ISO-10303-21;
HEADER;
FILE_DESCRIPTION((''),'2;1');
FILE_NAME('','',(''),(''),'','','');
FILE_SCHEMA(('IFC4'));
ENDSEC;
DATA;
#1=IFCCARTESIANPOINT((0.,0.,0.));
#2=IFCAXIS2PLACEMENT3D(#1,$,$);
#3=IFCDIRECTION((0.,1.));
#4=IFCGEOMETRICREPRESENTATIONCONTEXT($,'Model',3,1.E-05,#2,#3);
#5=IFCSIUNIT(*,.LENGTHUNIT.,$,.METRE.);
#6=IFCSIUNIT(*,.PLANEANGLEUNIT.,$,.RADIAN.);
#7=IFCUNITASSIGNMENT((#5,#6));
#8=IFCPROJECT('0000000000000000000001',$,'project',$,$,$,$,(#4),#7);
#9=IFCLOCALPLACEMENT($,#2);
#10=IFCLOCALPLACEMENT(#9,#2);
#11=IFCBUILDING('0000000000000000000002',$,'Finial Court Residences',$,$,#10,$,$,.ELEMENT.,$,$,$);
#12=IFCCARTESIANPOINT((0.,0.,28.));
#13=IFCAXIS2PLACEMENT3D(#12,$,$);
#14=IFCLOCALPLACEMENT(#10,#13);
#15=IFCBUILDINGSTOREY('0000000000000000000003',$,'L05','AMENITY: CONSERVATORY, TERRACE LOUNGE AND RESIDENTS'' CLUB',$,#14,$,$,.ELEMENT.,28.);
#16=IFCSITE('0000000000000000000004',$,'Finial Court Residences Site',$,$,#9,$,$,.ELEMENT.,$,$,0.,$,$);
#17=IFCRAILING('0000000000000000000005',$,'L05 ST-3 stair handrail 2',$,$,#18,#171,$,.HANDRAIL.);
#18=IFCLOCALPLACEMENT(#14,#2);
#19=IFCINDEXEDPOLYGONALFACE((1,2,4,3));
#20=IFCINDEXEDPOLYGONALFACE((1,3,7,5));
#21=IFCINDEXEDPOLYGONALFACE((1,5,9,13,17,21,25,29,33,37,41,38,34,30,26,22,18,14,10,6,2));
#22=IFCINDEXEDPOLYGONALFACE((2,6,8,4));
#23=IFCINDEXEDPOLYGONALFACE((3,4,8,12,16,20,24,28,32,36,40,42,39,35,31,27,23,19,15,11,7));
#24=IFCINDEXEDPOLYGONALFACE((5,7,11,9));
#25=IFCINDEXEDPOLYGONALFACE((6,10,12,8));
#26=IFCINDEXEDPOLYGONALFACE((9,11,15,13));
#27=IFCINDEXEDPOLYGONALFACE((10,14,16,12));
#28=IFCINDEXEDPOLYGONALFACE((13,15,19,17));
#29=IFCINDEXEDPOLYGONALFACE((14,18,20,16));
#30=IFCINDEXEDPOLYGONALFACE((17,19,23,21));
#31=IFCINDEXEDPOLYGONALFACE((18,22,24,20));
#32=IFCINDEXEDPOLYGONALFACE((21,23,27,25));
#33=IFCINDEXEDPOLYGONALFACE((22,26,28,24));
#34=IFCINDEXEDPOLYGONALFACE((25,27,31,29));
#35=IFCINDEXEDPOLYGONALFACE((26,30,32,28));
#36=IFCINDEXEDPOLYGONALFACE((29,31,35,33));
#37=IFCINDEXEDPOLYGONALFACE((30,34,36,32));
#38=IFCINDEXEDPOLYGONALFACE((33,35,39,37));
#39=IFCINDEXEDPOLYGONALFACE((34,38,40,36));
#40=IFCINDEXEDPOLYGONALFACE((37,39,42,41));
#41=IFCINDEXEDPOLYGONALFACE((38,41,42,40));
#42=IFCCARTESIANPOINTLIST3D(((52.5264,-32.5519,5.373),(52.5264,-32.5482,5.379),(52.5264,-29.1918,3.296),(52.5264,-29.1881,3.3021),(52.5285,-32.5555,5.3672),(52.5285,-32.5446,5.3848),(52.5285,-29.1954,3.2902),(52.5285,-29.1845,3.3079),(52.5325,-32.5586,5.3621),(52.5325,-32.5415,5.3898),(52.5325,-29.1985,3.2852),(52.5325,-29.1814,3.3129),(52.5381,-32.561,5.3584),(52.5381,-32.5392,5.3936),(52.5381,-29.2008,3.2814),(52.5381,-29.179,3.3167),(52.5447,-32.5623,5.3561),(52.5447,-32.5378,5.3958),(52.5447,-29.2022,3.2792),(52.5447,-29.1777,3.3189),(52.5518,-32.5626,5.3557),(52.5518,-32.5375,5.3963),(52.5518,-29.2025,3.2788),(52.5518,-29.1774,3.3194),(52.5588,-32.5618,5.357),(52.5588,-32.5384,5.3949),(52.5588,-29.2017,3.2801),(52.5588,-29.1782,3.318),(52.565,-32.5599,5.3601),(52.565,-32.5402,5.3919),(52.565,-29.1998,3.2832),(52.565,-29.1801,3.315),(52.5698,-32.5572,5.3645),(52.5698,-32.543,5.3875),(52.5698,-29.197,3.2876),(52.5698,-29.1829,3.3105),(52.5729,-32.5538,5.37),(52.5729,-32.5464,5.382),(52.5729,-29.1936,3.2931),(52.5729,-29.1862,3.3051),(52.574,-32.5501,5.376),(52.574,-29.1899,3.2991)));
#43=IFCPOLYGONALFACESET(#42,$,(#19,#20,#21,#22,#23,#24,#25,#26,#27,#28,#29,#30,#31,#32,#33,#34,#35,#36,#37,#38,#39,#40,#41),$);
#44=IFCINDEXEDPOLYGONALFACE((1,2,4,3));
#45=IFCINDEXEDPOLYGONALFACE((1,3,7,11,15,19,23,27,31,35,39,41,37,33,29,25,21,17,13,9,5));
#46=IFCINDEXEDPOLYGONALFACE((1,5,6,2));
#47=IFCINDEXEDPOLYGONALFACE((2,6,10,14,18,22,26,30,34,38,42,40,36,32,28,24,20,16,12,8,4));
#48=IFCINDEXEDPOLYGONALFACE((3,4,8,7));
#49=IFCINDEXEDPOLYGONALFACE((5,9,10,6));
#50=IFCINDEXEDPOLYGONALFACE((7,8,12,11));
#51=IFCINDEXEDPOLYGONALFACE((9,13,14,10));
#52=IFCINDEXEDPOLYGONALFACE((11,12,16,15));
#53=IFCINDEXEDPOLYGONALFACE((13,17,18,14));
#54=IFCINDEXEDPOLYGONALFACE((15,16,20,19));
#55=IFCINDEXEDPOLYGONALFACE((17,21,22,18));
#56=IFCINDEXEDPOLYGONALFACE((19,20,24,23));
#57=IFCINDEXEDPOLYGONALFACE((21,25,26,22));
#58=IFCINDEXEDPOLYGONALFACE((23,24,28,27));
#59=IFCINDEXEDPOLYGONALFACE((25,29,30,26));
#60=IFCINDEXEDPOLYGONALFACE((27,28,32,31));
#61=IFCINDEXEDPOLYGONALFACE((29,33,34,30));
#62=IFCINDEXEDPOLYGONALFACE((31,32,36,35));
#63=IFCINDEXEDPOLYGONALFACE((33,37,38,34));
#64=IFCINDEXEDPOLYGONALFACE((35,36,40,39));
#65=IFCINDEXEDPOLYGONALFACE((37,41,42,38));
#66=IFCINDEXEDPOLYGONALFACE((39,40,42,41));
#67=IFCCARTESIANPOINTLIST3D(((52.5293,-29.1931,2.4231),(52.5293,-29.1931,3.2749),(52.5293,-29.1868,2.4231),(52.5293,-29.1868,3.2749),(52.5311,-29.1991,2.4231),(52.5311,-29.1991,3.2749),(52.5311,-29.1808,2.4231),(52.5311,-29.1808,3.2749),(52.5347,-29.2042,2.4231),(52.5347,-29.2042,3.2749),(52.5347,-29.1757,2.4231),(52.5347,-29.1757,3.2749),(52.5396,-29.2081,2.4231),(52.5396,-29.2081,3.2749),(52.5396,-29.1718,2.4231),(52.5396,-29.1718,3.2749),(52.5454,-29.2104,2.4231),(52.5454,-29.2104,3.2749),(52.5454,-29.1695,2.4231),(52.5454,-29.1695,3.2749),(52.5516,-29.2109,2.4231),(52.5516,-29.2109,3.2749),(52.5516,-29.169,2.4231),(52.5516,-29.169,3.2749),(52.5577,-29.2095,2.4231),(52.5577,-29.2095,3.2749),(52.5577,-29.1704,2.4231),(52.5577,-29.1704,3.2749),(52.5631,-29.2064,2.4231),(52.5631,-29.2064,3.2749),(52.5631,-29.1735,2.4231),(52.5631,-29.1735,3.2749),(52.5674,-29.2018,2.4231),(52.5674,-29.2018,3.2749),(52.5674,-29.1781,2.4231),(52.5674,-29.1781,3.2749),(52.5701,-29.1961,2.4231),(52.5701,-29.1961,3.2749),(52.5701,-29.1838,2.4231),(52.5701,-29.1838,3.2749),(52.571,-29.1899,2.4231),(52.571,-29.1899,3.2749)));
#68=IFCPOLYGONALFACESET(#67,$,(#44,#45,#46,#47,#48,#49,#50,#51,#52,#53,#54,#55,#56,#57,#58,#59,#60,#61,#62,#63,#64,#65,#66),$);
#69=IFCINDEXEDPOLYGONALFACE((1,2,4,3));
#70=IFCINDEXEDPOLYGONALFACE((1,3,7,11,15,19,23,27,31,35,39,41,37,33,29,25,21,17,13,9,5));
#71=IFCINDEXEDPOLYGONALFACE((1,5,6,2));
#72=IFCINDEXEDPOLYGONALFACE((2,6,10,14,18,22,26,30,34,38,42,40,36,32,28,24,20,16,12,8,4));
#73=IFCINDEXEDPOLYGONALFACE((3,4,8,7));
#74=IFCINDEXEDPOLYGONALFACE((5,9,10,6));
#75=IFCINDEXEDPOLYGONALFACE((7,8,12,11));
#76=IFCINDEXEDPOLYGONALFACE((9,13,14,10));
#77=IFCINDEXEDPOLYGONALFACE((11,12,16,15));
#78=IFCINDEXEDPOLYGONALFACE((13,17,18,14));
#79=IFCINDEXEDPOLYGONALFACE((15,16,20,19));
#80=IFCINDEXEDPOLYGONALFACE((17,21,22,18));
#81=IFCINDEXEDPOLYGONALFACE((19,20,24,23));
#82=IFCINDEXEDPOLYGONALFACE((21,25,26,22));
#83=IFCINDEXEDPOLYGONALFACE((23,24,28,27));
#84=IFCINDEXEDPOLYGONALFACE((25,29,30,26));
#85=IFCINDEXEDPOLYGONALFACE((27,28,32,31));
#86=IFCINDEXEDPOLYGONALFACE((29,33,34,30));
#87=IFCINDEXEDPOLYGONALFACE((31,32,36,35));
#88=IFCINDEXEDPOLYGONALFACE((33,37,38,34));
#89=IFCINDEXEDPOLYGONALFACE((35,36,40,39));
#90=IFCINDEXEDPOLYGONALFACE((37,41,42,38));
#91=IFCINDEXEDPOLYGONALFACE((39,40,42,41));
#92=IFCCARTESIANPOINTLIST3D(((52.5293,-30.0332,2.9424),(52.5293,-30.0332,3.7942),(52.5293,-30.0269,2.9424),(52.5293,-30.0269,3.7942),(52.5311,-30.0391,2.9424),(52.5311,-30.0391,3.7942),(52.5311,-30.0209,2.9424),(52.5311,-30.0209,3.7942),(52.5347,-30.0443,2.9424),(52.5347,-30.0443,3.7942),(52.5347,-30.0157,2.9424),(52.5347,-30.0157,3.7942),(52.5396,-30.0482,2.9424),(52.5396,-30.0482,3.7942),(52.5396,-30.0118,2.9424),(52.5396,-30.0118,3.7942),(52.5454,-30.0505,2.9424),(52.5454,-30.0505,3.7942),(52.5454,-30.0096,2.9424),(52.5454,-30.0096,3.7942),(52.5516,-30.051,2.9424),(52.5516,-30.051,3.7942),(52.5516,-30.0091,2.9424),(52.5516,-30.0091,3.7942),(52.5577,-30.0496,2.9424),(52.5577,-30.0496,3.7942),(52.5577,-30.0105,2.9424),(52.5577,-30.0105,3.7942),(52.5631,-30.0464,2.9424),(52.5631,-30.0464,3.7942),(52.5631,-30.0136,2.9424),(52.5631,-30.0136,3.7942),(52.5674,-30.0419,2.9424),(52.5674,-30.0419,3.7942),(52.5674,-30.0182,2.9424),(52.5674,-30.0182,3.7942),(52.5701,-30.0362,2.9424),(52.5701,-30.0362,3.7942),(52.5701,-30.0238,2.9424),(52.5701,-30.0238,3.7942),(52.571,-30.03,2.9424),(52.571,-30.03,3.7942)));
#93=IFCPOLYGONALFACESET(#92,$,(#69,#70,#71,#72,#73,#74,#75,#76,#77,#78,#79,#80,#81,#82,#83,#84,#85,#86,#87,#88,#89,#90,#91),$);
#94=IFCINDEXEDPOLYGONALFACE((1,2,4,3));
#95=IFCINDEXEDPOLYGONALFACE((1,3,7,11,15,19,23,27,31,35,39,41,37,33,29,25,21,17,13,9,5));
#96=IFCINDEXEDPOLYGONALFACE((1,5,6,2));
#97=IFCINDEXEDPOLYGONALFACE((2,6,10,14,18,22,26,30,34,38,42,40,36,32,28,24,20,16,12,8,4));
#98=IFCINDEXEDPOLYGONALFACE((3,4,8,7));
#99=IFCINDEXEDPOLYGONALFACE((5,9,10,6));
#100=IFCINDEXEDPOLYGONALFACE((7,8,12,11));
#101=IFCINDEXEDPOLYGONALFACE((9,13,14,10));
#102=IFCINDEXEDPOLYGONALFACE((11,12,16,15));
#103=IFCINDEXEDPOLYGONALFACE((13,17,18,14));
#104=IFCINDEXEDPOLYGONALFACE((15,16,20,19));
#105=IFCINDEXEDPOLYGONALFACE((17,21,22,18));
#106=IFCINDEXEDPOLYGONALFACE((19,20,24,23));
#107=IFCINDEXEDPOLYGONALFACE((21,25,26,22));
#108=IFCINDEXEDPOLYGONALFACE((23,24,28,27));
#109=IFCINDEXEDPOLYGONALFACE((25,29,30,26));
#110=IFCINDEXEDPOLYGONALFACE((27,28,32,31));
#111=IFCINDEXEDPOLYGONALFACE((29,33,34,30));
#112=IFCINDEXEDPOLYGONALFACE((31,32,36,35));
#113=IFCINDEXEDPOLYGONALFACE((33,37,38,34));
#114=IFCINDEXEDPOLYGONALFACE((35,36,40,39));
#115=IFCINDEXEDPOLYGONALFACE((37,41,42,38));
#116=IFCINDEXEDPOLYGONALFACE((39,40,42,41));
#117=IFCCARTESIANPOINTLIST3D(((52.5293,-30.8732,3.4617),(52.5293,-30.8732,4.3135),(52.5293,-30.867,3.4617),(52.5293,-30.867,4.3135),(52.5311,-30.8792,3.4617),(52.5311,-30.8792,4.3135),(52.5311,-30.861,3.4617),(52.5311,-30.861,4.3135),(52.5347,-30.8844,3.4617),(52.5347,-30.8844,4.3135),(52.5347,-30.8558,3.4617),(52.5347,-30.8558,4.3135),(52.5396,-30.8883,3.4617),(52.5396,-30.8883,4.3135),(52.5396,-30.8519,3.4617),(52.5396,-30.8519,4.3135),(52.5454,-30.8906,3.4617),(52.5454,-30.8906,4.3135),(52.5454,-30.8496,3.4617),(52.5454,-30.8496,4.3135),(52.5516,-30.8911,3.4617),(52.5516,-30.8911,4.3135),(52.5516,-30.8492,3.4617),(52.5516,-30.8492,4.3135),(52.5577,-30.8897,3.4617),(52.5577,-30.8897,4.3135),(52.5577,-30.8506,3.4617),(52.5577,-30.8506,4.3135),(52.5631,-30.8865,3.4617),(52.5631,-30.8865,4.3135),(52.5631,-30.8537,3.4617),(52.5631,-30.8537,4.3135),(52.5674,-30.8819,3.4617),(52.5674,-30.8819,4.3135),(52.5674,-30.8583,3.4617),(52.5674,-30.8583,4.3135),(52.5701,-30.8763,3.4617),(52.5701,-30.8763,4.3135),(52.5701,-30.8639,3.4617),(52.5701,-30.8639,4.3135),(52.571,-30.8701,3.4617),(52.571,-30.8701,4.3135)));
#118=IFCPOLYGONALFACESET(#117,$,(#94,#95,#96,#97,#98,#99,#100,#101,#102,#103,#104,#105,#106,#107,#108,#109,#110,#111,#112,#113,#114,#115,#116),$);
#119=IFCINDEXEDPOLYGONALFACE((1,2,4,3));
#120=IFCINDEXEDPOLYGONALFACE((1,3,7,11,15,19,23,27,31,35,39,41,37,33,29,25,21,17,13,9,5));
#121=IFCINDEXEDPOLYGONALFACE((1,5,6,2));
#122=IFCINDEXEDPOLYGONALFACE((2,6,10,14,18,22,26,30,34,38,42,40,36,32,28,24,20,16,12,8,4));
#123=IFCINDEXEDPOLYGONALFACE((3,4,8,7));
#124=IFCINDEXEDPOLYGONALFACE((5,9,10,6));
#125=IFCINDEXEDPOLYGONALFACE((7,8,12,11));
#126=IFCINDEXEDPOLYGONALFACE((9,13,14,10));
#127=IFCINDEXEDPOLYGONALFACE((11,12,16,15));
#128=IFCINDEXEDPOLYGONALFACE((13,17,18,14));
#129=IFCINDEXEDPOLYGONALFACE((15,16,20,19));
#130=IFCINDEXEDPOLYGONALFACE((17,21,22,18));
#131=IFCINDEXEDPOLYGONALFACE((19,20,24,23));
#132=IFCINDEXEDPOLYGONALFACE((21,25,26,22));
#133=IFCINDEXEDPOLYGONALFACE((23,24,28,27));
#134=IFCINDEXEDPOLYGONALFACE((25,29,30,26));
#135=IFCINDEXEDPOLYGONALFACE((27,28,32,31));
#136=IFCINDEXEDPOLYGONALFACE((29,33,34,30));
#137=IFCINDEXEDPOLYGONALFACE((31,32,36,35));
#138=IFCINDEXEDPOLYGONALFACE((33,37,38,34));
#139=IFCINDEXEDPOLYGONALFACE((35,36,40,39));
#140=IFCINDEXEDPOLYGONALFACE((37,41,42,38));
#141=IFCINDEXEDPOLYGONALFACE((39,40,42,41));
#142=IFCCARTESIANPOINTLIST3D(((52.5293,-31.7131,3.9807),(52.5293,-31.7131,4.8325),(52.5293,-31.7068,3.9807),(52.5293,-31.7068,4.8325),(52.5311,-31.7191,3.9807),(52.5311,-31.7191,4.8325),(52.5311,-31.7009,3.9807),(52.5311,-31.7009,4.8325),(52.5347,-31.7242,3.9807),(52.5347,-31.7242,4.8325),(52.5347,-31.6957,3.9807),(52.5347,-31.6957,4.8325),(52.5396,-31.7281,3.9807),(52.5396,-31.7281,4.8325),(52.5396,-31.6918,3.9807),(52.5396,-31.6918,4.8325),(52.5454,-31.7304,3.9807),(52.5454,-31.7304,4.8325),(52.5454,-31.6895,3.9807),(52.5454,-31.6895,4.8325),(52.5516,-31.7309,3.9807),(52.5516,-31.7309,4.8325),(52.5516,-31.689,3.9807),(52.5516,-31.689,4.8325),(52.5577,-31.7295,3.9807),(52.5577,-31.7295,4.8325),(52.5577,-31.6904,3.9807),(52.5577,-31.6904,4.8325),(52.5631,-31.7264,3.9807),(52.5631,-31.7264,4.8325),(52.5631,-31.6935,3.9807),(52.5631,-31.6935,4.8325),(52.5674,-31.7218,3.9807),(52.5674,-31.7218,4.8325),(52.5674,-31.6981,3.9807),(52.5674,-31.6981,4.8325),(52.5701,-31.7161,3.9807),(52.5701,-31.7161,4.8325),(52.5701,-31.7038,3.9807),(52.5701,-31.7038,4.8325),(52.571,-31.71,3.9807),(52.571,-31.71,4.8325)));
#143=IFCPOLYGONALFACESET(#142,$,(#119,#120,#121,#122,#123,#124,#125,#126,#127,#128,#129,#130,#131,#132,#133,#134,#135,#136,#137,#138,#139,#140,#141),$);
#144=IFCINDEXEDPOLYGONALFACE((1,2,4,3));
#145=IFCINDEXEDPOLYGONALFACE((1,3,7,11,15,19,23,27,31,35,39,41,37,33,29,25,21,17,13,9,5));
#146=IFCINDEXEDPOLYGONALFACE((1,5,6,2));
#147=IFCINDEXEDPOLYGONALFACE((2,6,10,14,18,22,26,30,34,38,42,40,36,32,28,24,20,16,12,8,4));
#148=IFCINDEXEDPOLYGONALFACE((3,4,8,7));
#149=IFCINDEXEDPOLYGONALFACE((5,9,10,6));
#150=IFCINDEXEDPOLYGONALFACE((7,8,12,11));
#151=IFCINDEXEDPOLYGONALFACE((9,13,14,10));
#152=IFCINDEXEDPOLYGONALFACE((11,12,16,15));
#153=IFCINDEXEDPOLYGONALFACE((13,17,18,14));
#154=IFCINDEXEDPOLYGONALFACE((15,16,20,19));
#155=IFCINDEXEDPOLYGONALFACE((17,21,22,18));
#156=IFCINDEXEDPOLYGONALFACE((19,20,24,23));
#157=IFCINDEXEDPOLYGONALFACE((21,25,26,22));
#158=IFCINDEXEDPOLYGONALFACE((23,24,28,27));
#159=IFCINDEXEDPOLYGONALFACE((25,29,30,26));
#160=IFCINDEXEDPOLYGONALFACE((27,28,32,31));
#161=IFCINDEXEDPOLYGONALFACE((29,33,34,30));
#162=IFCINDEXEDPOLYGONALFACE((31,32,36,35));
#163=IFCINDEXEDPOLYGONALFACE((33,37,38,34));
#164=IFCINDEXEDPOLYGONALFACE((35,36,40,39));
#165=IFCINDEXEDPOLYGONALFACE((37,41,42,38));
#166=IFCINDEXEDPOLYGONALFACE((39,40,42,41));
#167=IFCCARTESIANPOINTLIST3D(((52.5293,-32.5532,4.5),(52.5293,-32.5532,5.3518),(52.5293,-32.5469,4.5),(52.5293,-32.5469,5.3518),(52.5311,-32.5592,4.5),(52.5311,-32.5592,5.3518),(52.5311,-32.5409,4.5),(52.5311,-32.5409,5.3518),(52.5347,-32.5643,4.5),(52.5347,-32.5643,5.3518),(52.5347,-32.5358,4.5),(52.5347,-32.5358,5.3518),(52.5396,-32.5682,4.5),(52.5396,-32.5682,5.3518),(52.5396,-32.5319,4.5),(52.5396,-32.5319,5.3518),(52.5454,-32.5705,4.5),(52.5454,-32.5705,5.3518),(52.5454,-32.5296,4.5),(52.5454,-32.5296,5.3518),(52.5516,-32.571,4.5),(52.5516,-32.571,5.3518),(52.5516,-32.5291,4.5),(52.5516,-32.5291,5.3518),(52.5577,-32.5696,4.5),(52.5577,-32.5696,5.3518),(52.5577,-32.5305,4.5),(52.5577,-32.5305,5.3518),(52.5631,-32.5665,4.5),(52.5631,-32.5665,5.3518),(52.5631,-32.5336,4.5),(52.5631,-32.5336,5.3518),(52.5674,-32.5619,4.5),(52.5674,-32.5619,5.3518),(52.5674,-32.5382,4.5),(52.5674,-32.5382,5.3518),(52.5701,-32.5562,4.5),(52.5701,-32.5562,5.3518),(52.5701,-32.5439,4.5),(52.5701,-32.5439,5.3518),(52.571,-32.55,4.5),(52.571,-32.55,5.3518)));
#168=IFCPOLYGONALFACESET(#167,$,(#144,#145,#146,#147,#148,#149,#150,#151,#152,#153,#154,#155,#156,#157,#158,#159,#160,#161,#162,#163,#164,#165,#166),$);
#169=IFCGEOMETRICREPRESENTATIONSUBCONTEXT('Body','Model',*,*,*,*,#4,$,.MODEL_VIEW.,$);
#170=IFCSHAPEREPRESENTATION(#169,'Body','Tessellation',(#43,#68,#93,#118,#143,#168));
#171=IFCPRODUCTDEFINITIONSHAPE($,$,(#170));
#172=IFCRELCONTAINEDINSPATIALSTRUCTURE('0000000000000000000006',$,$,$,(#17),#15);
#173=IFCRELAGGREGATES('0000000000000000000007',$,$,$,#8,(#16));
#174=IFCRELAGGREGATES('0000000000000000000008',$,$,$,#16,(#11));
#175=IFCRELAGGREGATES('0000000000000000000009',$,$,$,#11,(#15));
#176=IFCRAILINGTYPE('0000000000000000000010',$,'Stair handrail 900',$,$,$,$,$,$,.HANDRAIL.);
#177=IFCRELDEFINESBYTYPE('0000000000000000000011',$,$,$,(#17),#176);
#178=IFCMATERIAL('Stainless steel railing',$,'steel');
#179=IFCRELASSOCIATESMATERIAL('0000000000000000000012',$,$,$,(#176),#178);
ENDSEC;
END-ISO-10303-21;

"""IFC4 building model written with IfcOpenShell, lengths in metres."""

from ifc_helpers import new_model, si_unit, direction, frame, origin, origin_2d, place, context, subcontext, project, spatial, circle, extrude, material, type_object, element, save


model = new_model("IFC4")

# Units and contexts
model_context = context("Model", 3, precision=1e-05, world=origin(), true_north=direction((0.0, 1.0)))
body_context = subcontext(model_context, "Body", "Model", "MODEL_VIEW")
ifc_project = project(units=[si_unit("LENGTHUNIT", "METRE"), si_unit("PLANEANGLEUNIT", "RADIAN")], contexts=[model_context])

# Site, building, storey
site_placement = place(None, origin())
site = spatial("IfcSite", under=ifc_project, at=site_placement, Name="Finial Court Residences Site", CompositionType="ELEMENT", RefElevation=0.0)
building_placement = place(site_placement, origin())
building = spatial("IfcBuilding", under=site, at=building_placement, Name="Finial Court Residences", CompositionType="ELEMENT")
storey_placement = place(building_placement, frame((0.0, 0.0, 28.0)))
storey = spatial("IfcBuildingStorey", under=building, at=storey_placement, Name="L05", Description="AMENITY: CONSERVATORY, TERRACE LOUNGE AND RESIDENTS' CLUB", CompositionType="ELEMENT", Elevation=28.0)

# Railing
ifc_material_1 = material(Name="Stainless steel railing", Category="steel")
railing_type_1 = type_object("IfcRailingType", Name="Stair handrail 900", PredefinedType="HANDRAIL", material=ifc_material_1)
railing_1_placement = place(storey_placement, frame((52.55, -29.1899, 2.4231)))
element("IfcRailing", 1, at=railing_1_placement, inside=storey, type_object=railing_type_1, Name="L05 ST-3 stair handrail 2", PredefinedType="HANDRAIL", context=body_context, shape_type="SweptSolid", body=[
    extrude(circle(Radius=0.0239, at=origin_2d()), frame((0.0, 0.0, 0.876), z_axis=(0.0, -0.850623, 0.525776), x_axis=(1.0, 0.0, 0.0)), (0.0, 0.0, 1.0), 3.9502),
    extrude(circle(Radius=0.021, at=origin_2d()), origin(), (0.0, 0.0, 1.0), 0.8518),
    extrude(circle(Radius=0.021, at=origin_2d()), frame((0.0, -0.8401, 0.5193)), (0.0, 0.0, 1.0), 0.8518),
    extrude(circle(Radius=0.021, at=origin_2d()), frame((0.0, -1.6802, 1.0386)), (0.0, 0.0, 1.0), 0.8518),
    extrude(circle(Radius=0.021, at=origin_2d()), frame((0.0, -2.52, 1.5576)), (0.0, 0.0, 1.0), 0.8518),
    extrude(circle(Radius=0.021, at=origin_2d()), frame((0.0, -3.3601, 2.0769)), (0.0, 0.0, 1.0), 0.8518),
])

save(model, "model.ifc")
